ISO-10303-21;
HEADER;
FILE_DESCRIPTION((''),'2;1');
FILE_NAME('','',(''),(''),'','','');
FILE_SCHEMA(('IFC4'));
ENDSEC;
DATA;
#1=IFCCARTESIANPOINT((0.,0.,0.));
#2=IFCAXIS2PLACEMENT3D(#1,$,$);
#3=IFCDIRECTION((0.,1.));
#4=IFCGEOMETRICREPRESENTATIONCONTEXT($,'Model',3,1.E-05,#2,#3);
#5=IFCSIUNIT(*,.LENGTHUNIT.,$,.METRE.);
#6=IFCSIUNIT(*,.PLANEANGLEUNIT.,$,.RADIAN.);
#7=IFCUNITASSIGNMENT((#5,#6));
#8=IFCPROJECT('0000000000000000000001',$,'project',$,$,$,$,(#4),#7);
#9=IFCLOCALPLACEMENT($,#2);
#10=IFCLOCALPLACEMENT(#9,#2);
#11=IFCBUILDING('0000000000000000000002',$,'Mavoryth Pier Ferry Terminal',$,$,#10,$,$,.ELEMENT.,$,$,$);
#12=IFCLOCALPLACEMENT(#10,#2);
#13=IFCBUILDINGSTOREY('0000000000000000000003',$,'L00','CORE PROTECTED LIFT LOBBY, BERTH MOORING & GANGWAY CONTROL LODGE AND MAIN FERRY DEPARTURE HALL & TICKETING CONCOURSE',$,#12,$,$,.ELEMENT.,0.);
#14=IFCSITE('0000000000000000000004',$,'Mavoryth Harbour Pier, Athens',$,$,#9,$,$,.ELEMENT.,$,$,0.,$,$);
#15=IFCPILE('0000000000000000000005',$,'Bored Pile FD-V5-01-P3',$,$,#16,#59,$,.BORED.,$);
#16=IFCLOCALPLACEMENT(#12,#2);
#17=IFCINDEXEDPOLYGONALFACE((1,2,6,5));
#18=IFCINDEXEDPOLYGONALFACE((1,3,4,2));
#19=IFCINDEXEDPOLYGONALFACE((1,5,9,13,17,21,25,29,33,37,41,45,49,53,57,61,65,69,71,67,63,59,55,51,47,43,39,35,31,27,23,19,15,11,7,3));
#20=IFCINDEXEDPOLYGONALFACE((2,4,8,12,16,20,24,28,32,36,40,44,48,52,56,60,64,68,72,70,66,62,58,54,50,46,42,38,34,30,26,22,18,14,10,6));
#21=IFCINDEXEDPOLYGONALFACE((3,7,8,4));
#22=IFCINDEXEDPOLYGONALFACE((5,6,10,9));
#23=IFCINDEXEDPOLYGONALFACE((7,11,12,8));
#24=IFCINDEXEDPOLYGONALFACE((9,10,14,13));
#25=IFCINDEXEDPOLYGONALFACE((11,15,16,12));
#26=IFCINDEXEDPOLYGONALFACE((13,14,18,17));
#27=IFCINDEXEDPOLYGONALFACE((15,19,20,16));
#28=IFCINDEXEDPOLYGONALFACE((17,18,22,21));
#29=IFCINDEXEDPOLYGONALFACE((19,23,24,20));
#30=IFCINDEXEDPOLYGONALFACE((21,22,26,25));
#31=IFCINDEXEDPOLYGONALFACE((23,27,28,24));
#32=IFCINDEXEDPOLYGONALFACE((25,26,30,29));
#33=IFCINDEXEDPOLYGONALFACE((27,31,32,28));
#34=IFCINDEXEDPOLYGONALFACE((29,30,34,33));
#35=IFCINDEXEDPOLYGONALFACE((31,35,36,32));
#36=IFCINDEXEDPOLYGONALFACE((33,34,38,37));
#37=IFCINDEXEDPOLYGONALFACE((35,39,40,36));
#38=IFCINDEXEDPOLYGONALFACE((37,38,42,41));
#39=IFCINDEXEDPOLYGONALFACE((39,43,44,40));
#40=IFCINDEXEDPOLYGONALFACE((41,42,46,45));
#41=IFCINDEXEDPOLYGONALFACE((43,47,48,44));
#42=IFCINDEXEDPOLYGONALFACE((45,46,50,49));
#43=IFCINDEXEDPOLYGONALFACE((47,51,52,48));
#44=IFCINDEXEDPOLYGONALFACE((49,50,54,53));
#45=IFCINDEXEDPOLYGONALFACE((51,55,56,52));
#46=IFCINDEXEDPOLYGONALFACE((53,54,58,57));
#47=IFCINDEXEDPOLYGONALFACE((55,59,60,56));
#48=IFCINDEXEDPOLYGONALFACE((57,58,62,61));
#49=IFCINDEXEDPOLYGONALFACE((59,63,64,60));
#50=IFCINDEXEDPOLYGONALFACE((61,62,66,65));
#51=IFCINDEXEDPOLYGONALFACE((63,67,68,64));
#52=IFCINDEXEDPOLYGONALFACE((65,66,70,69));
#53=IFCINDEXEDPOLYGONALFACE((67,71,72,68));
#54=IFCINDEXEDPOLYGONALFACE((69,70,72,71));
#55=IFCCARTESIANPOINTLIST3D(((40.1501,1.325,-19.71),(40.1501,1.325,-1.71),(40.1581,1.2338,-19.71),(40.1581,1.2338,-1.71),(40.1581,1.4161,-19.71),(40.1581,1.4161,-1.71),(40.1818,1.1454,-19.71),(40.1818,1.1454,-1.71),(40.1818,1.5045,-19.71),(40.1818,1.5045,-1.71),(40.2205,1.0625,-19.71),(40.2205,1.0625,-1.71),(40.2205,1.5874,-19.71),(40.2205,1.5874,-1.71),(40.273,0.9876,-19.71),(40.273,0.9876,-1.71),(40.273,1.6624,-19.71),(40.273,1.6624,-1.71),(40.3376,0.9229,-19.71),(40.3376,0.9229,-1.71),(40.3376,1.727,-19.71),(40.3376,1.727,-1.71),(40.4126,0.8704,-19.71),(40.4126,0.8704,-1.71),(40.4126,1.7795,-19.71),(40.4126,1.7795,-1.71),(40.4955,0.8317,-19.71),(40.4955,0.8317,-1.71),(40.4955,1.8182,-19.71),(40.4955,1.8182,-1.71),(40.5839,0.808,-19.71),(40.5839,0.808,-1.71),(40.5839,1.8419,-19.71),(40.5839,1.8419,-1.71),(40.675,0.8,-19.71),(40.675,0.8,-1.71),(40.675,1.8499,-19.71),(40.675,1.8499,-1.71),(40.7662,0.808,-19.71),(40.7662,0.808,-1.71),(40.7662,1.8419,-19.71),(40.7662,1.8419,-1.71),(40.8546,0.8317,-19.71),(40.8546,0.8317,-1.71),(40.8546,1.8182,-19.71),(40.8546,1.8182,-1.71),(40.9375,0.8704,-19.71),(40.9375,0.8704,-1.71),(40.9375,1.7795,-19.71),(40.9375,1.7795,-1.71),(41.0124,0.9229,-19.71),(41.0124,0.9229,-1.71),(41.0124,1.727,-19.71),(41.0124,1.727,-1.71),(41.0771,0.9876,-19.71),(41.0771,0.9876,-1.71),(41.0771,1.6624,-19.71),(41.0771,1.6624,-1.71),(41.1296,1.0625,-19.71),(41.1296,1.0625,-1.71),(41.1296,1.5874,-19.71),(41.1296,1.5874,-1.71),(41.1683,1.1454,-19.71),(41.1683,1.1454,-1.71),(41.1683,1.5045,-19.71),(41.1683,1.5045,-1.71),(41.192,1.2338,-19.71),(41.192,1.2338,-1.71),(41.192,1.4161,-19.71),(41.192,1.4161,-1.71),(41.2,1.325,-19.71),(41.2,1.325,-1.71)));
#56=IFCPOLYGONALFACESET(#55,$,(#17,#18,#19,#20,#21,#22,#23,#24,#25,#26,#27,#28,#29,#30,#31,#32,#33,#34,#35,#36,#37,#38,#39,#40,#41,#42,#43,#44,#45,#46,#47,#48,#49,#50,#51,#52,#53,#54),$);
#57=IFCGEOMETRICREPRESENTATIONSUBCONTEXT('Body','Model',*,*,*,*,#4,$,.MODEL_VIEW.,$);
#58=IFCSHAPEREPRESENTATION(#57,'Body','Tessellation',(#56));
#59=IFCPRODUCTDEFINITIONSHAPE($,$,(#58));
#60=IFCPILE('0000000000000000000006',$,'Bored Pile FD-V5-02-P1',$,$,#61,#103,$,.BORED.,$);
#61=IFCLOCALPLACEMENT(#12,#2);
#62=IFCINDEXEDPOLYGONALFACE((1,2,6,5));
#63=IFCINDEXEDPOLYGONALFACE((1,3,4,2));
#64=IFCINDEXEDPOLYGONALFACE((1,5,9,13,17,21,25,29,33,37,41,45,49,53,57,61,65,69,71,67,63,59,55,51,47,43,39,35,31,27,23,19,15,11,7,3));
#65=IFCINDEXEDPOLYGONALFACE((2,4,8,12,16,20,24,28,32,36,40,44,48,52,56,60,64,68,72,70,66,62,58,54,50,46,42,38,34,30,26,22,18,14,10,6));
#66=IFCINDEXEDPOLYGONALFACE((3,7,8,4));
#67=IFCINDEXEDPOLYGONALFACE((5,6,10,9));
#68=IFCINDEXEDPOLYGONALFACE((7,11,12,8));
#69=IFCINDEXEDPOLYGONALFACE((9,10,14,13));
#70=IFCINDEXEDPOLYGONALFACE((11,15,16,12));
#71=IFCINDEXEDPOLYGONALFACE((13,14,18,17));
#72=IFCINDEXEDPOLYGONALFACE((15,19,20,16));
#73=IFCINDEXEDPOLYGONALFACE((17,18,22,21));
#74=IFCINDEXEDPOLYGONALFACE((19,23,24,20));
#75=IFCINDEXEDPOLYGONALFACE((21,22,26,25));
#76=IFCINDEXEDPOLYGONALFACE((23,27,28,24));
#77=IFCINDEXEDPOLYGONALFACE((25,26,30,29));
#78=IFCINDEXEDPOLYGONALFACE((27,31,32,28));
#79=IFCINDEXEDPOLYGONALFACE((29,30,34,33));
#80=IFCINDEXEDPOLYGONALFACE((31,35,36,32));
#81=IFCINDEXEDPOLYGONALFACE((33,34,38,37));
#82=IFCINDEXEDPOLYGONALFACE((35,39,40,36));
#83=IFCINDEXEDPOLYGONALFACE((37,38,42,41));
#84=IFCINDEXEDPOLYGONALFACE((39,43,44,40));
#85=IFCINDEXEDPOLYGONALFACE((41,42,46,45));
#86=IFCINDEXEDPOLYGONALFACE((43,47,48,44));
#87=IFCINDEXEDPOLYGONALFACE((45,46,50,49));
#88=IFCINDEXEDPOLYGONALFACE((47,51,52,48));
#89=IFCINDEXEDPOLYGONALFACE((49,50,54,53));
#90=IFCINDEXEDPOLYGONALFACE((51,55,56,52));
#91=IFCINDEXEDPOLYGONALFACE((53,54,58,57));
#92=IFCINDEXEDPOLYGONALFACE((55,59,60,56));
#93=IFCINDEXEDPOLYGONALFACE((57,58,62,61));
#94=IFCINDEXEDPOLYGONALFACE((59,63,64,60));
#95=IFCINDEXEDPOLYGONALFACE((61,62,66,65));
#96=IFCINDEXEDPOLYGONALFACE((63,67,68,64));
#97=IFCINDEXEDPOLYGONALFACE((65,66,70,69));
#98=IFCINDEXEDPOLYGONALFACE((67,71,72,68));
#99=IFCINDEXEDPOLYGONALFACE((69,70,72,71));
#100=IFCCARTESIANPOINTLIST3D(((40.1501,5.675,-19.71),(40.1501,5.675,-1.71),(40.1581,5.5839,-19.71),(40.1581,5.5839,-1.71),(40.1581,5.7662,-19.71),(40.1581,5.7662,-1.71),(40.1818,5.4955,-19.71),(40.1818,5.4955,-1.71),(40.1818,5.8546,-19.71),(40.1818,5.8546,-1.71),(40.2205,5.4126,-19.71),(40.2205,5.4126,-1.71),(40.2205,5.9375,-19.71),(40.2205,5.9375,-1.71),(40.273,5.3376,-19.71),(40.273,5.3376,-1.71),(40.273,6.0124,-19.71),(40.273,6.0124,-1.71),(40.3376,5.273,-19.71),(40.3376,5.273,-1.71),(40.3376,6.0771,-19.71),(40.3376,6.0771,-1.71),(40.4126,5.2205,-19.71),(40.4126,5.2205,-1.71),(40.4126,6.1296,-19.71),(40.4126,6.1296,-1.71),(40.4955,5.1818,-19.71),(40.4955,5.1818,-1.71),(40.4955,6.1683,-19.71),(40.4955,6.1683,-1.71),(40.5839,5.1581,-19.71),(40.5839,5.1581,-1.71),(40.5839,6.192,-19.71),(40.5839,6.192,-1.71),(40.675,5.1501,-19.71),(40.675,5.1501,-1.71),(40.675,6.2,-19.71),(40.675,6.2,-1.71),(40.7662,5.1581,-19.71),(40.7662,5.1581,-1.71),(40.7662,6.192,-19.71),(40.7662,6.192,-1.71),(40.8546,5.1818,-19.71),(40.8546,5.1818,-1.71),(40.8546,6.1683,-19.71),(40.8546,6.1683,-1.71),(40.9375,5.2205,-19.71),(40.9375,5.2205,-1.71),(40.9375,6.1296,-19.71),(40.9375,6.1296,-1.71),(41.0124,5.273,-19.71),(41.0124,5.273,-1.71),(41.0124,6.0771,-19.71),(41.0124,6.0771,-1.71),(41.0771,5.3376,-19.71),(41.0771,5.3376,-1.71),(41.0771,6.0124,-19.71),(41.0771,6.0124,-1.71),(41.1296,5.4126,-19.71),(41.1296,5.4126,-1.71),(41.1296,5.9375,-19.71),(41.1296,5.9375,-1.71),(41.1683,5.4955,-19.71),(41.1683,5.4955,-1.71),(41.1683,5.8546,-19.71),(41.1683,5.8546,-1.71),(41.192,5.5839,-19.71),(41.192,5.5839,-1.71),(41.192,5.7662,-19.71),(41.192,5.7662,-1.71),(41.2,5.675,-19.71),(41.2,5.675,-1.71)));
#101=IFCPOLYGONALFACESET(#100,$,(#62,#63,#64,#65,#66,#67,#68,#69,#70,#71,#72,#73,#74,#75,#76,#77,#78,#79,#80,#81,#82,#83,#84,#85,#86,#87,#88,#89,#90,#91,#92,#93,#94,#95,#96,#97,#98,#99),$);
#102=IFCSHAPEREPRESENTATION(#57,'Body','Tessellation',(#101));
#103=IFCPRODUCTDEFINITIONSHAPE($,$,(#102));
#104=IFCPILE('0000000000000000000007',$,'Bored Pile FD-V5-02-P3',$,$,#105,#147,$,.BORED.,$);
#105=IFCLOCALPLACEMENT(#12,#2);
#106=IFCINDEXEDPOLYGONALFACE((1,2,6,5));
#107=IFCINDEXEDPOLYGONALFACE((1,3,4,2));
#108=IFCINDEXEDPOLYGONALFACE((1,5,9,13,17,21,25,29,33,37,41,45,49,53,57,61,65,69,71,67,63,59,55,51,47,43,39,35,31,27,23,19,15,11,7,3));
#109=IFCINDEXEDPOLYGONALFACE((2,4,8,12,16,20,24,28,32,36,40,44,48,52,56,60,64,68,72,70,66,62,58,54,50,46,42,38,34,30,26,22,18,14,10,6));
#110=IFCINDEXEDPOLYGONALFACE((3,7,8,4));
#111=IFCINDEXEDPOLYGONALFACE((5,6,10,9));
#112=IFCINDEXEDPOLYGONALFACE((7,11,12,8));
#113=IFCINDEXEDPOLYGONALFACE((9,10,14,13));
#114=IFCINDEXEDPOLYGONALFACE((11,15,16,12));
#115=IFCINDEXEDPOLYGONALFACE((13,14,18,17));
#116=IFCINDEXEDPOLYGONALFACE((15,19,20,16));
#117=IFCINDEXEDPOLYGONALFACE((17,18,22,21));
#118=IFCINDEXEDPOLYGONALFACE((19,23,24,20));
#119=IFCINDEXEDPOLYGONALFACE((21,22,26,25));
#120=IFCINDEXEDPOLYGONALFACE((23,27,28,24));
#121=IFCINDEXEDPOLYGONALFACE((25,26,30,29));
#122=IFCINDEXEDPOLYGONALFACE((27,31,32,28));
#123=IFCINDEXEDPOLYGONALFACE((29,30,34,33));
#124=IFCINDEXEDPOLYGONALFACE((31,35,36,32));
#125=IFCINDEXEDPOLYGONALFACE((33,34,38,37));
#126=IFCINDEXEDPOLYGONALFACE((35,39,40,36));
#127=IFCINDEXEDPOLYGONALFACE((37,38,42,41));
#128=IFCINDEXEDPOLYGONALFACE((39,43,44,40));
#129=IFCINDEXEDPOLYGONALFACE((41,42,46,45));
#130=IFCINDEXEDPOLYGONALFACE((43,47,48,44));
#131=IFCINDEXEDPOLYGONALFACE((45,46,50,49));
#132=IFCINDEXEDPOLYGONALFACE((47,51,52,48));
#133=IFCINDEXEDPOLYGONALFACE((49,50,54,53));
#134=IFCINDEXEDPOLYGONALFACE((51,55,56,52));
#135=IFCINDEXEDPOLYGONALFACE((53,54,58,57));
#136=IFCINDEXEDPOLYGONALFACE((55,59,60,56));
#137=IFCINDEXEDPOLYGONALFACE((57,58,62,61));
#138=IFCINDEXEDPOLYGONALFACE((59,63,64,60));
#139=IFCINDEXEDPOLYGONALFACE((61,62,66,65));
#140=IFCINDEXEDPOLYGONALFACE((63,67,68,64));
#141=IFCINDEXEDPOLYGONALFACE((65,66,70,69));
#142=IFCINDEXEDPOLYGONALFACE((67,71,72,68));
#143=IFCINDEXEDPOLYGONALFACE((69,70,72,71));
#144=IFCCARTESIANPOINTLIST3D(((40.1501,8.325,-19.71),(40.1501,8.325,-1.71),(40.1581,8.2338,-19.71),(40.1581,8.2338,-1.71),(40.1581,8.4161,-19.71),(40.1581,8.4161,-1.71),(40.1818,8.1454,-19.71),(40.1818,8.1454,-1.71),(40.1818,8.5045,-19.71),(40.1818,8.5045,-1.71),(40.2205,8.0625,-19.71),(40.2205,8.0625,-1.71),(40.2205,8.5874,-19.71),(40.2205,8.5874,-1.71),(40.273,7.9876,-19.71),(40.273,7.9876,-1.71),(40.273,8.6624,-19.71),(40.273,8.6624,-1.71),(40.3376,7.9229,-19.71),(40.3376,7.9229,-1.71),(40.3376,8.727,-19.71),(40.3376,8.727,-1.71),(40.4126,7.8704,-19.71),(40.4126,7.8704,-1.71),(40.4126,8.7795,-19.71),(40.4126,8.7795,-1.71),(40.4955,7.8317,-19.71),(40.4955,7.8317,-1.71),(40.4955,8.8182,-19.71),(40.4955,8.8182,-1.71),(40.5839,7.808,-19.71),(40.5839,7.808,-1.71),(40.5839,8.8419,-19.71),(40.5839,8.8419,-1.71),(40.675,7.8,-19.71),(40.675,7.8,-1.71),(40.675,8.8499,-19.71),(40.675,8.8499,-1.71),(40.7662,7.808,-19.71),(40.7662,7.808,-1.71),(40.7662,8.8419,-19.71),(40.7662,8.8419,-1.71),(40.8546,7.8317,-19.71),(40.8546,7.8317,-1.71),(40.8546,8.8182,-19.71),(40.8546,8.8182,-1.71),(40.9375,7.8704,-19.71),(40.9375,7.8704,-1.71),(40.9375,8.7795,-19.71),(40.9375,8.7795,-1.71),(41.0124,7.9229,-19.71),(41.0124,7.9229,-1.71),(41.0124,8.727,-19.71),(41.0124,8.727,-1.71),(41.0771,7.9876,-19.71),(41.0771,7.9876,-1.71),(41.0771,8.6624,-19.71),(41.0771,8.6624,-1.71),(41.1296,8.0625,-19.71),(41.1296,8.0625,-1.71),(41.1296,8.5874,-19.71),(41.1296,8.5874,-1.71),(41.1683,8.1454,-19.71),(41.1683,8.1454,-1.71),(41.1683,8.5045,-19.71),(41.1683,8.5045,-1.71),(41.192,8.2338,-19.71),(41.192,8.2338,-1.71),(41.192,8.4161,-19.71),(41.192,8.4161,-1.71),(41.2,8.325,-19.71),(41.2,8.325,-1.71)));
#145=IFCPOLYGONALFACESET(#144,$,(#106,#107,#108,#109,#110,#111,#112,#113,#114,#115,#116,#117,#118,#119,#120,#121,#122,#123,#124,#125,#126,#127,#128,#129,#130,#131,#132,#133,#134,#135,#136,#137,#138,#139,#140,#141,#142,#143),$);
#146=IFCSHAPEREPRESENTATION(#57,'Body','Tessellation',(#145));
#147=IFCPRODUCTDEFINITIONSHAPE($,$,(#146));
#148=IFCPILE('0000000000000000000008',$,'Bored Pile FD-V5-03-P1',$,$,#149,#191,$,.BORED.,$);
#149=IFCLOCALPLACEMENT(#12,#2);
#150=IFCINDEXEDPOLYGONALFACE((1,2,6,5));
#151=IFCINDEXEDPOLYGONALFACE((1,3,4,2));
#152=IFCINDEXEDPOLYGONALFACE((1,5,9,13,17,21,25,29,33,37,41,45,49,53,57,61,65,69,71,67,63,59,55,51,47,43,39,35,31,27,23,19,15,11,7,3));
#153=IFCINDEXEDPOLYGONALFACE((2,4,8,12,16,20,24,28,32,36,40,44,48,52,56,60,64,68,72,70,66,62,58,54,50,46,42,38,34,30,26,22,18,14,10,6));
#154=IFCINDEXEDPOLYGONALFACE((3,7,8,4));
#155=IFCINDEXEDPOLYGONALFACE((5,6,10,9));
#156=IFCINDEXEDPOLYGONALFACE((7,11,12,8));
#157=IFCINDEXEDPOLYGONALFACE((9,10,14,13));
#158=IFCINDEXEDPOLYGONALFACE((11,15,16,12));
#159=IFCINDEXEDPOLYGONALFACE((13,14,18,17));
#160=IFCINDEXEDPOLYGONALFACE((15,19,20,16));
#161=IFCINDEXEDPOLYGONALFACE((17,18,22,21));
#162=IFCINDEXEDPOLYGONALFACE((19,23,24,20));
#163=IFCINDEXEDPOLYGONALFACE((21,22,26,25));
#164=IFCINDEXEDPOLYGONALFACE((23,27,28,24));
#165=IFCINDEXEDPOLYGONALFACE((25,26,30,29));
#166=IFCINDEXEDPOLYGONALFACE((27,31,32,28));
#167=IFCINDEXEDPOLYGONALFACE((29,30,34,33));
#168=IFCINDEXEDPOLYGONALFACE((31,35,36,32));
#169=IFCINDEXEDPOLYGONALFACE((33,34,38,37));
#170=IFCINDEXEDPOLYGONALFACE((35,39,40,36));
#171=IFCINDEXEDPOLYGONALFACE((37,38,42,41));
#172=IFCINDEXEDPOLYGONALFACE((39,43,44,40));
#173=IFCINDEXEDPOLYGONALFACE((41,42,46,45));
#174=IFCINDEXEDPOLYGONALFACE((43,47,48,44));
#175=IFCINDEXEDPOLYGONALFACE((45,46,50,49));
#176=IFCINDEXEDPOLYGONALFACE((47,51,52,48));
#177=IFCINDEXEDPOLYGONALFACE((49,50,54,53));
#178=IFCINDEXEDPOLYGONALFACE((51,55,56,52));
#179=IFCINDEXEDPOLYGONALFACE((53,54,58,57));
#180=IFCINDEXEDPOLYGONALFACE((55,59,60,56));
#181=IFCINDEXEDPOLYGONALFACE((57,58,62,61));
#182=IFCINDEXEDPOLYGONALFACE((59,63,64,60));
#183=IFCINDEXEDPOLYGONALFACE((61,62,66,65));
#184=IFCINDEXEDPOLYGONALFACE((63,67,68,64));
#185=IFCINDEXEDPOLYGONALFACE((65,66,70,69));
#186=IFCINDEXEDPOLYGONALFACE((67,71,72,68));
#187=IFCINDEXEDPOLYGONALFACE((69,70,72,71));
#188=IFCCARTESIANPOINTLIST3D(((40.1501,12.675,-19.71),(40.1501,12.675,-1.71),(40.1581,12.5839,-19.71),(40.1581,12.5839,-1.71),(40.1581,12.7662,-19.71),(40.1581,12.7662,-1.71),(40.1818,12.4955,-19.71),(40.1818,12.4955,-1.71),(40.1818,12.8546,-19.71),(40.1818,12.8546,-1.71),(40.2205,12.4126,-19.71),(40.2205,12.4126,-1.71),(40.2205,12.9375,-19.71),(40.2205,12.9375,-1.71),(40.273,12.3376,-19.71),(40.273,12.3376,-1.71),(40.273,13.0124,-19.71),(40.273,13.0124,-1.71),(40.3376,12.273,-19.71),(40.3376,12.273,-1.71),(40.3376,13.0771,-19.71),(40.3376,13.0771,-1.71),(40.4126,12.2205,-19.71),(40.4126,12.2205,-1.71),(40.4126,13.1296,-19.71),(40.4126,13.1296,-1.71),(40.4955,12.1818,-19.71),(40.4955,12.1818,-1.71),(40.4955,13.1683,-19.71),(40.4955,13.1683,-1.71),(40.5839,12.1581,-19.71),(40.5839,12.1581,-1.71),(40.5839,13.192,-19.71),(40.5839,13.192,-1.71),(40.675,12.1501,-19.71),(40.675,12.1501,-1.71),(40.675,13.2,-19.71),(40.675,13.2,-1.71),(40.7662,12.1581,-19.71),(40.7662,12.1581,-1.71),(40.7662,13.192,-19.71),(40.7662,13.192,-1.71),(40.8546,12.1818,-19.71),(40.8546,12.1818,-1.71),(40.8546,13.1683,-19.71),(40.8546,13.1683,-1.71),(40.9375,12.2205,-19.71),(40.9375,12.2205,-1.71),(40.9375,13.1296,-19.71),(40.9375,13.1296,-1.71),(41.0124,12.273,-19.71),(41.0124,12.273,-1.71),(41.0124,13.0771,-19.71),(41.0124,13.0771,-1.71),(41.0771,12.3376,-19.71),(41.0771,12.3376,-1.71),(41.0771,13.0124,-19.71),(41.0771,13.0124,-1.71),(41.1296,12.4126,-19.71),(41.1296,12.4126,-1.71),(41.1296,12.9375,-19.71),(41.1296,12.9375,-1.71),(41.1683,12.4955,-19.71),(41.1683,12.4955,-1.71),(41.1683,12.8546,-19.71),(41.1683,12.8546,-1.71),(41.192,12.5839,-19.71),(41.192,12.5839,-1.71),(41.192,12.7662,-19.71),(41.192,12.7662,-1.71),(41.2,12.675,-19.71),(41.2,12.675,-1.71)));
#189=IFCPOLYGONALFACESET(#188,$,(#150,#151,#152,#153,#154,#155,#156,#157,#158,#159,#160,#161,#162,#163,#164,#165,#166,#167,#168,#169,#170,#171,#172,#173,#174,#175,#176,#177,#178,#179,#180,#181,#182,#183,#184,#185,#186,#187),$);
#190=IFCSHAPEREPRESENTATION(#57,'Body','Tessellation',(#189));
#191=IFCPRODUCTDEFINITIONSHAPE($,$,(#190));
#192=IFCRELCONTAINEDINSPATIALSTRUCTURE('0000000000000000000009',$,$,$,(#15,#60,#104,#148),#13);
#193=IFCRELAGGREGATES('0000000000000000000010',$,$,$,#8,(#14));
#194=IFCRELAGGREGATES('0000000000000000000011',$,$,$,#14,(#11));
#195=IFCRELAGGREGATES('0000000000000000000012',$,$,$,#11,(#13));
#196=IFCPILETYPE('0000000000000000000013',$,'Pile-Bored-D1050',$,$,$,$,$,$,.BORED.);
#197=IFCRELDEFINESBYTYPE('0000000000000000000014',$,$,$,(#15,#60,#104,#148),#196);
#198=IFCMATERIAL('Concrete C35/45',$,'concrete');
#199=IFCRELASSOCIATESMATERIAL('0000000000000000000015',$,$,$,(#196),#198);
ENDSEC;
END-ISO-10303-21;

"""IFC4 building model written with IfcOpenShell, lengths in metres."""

from ifc_helpers import new_model, si_unit, direction, frame, origin, origin_2d, place, context, subcontext, project, spatial, circle, extrude, material, material_profile, profile_set, type_object, element, save


model = new_model("IFC4")

# Units and contexts
model_context = context("Model", 3, precision=1e-05, world=origin(), true_north=direction((0.0, 1.0)))
body_context = subcontext(model_context, "Body", "Model", "MODEL_VIEW")
ifc_project = project(units=[si_unit("LENGTHUNIT", "METRE"), si_unit("PLANEANGLEUNIT", "RADIAN")], contexts=[model_context])

# Site, building, storey
site_placement = place(None, origin())
site = spatial("IfcSite", under=ifc_project, at=site_placement, Name="Mavoryth Harbour Pier, Athens", CompositionType="ELEMENT", RefElevation=0.0)
building_placement = place(site_placement, origin())
building = spatial("IfcBuilding", under=site, at=building_placement, Name="Mavoryth Pier Ferry Terminal", CompositionType="ELEMENT")
storey_placement = place(building_placement, origin())
storey = spatial("IfcBuildingStorey", under=building, at=storey_placement, Name="L00", Description="CORE PROTECTED LIFT LOBBY, BERTH MOORING & GANGWAY CONTROL LODGE AND MAIN FERRY DEPARTURE HALL & TICKETING CONCOURSE", CompositionType="ELEMENT", Elevation=0.0)

# Shared definitions
ifc_material_1 = material(Name="Concrete C35/45", Category="concrete")

# Piles
ifc_material_profile_1 = material_profile(ifc_material_1, circle(Radius=0.5249, at=origin_2d()), Name="PILE D1050", Category="concrete")
ifc_profile_set_1 = profile_set([ifc_material_profile_1], Name="Concrete C35/45 - PILE D1050")
pile_type = type_object("IfcPileType", Name="Pile-Bored-D1050", PredefinedType="BORED", material=ifc_profile_set_1)
for number, where, z_axis, x_axis, name in (
    (1, (40.675, 1.325, -1.71), (0.0, 0.0, -1.0), (1.0, 0.0, 0.0), "Bored Pile FD-V5-01-P3"),
    (2, (40.675, 5.675, -1.71), (0.0, 0.0, -1.0), (1.0, 0.0, 0.0), "Bored Pile FD-V5-02-P1"),
    (3, (40.675, 8.325, -1.71), (0.0, 0.0, -1.0), (1.0, 0.0, 0.0), "Bored Pile FD-V5-02-P3"),
    (4, (40.675, 12.675, -1.71), (0.0, 0.0, -1.0), (1.0, 0.0, 0.0), "Bored Pile FD-V5-03-P1"),
):
    element("IfcPile", number, at=place(storey_placement, frame(where, z_axis=z_axis, x_axis=x_axis)), inside=storey, type_object=pile_type, Name=name, PredefinedType="BORED", context=body_context, shape_type="SweptSolid", body=[
        extrude(circle(Radius=0.5249, at=origin_2d()), origin(), (0.0, 0.0, 1.0), 18.0),
    ])

save(model, "model.ifc")
